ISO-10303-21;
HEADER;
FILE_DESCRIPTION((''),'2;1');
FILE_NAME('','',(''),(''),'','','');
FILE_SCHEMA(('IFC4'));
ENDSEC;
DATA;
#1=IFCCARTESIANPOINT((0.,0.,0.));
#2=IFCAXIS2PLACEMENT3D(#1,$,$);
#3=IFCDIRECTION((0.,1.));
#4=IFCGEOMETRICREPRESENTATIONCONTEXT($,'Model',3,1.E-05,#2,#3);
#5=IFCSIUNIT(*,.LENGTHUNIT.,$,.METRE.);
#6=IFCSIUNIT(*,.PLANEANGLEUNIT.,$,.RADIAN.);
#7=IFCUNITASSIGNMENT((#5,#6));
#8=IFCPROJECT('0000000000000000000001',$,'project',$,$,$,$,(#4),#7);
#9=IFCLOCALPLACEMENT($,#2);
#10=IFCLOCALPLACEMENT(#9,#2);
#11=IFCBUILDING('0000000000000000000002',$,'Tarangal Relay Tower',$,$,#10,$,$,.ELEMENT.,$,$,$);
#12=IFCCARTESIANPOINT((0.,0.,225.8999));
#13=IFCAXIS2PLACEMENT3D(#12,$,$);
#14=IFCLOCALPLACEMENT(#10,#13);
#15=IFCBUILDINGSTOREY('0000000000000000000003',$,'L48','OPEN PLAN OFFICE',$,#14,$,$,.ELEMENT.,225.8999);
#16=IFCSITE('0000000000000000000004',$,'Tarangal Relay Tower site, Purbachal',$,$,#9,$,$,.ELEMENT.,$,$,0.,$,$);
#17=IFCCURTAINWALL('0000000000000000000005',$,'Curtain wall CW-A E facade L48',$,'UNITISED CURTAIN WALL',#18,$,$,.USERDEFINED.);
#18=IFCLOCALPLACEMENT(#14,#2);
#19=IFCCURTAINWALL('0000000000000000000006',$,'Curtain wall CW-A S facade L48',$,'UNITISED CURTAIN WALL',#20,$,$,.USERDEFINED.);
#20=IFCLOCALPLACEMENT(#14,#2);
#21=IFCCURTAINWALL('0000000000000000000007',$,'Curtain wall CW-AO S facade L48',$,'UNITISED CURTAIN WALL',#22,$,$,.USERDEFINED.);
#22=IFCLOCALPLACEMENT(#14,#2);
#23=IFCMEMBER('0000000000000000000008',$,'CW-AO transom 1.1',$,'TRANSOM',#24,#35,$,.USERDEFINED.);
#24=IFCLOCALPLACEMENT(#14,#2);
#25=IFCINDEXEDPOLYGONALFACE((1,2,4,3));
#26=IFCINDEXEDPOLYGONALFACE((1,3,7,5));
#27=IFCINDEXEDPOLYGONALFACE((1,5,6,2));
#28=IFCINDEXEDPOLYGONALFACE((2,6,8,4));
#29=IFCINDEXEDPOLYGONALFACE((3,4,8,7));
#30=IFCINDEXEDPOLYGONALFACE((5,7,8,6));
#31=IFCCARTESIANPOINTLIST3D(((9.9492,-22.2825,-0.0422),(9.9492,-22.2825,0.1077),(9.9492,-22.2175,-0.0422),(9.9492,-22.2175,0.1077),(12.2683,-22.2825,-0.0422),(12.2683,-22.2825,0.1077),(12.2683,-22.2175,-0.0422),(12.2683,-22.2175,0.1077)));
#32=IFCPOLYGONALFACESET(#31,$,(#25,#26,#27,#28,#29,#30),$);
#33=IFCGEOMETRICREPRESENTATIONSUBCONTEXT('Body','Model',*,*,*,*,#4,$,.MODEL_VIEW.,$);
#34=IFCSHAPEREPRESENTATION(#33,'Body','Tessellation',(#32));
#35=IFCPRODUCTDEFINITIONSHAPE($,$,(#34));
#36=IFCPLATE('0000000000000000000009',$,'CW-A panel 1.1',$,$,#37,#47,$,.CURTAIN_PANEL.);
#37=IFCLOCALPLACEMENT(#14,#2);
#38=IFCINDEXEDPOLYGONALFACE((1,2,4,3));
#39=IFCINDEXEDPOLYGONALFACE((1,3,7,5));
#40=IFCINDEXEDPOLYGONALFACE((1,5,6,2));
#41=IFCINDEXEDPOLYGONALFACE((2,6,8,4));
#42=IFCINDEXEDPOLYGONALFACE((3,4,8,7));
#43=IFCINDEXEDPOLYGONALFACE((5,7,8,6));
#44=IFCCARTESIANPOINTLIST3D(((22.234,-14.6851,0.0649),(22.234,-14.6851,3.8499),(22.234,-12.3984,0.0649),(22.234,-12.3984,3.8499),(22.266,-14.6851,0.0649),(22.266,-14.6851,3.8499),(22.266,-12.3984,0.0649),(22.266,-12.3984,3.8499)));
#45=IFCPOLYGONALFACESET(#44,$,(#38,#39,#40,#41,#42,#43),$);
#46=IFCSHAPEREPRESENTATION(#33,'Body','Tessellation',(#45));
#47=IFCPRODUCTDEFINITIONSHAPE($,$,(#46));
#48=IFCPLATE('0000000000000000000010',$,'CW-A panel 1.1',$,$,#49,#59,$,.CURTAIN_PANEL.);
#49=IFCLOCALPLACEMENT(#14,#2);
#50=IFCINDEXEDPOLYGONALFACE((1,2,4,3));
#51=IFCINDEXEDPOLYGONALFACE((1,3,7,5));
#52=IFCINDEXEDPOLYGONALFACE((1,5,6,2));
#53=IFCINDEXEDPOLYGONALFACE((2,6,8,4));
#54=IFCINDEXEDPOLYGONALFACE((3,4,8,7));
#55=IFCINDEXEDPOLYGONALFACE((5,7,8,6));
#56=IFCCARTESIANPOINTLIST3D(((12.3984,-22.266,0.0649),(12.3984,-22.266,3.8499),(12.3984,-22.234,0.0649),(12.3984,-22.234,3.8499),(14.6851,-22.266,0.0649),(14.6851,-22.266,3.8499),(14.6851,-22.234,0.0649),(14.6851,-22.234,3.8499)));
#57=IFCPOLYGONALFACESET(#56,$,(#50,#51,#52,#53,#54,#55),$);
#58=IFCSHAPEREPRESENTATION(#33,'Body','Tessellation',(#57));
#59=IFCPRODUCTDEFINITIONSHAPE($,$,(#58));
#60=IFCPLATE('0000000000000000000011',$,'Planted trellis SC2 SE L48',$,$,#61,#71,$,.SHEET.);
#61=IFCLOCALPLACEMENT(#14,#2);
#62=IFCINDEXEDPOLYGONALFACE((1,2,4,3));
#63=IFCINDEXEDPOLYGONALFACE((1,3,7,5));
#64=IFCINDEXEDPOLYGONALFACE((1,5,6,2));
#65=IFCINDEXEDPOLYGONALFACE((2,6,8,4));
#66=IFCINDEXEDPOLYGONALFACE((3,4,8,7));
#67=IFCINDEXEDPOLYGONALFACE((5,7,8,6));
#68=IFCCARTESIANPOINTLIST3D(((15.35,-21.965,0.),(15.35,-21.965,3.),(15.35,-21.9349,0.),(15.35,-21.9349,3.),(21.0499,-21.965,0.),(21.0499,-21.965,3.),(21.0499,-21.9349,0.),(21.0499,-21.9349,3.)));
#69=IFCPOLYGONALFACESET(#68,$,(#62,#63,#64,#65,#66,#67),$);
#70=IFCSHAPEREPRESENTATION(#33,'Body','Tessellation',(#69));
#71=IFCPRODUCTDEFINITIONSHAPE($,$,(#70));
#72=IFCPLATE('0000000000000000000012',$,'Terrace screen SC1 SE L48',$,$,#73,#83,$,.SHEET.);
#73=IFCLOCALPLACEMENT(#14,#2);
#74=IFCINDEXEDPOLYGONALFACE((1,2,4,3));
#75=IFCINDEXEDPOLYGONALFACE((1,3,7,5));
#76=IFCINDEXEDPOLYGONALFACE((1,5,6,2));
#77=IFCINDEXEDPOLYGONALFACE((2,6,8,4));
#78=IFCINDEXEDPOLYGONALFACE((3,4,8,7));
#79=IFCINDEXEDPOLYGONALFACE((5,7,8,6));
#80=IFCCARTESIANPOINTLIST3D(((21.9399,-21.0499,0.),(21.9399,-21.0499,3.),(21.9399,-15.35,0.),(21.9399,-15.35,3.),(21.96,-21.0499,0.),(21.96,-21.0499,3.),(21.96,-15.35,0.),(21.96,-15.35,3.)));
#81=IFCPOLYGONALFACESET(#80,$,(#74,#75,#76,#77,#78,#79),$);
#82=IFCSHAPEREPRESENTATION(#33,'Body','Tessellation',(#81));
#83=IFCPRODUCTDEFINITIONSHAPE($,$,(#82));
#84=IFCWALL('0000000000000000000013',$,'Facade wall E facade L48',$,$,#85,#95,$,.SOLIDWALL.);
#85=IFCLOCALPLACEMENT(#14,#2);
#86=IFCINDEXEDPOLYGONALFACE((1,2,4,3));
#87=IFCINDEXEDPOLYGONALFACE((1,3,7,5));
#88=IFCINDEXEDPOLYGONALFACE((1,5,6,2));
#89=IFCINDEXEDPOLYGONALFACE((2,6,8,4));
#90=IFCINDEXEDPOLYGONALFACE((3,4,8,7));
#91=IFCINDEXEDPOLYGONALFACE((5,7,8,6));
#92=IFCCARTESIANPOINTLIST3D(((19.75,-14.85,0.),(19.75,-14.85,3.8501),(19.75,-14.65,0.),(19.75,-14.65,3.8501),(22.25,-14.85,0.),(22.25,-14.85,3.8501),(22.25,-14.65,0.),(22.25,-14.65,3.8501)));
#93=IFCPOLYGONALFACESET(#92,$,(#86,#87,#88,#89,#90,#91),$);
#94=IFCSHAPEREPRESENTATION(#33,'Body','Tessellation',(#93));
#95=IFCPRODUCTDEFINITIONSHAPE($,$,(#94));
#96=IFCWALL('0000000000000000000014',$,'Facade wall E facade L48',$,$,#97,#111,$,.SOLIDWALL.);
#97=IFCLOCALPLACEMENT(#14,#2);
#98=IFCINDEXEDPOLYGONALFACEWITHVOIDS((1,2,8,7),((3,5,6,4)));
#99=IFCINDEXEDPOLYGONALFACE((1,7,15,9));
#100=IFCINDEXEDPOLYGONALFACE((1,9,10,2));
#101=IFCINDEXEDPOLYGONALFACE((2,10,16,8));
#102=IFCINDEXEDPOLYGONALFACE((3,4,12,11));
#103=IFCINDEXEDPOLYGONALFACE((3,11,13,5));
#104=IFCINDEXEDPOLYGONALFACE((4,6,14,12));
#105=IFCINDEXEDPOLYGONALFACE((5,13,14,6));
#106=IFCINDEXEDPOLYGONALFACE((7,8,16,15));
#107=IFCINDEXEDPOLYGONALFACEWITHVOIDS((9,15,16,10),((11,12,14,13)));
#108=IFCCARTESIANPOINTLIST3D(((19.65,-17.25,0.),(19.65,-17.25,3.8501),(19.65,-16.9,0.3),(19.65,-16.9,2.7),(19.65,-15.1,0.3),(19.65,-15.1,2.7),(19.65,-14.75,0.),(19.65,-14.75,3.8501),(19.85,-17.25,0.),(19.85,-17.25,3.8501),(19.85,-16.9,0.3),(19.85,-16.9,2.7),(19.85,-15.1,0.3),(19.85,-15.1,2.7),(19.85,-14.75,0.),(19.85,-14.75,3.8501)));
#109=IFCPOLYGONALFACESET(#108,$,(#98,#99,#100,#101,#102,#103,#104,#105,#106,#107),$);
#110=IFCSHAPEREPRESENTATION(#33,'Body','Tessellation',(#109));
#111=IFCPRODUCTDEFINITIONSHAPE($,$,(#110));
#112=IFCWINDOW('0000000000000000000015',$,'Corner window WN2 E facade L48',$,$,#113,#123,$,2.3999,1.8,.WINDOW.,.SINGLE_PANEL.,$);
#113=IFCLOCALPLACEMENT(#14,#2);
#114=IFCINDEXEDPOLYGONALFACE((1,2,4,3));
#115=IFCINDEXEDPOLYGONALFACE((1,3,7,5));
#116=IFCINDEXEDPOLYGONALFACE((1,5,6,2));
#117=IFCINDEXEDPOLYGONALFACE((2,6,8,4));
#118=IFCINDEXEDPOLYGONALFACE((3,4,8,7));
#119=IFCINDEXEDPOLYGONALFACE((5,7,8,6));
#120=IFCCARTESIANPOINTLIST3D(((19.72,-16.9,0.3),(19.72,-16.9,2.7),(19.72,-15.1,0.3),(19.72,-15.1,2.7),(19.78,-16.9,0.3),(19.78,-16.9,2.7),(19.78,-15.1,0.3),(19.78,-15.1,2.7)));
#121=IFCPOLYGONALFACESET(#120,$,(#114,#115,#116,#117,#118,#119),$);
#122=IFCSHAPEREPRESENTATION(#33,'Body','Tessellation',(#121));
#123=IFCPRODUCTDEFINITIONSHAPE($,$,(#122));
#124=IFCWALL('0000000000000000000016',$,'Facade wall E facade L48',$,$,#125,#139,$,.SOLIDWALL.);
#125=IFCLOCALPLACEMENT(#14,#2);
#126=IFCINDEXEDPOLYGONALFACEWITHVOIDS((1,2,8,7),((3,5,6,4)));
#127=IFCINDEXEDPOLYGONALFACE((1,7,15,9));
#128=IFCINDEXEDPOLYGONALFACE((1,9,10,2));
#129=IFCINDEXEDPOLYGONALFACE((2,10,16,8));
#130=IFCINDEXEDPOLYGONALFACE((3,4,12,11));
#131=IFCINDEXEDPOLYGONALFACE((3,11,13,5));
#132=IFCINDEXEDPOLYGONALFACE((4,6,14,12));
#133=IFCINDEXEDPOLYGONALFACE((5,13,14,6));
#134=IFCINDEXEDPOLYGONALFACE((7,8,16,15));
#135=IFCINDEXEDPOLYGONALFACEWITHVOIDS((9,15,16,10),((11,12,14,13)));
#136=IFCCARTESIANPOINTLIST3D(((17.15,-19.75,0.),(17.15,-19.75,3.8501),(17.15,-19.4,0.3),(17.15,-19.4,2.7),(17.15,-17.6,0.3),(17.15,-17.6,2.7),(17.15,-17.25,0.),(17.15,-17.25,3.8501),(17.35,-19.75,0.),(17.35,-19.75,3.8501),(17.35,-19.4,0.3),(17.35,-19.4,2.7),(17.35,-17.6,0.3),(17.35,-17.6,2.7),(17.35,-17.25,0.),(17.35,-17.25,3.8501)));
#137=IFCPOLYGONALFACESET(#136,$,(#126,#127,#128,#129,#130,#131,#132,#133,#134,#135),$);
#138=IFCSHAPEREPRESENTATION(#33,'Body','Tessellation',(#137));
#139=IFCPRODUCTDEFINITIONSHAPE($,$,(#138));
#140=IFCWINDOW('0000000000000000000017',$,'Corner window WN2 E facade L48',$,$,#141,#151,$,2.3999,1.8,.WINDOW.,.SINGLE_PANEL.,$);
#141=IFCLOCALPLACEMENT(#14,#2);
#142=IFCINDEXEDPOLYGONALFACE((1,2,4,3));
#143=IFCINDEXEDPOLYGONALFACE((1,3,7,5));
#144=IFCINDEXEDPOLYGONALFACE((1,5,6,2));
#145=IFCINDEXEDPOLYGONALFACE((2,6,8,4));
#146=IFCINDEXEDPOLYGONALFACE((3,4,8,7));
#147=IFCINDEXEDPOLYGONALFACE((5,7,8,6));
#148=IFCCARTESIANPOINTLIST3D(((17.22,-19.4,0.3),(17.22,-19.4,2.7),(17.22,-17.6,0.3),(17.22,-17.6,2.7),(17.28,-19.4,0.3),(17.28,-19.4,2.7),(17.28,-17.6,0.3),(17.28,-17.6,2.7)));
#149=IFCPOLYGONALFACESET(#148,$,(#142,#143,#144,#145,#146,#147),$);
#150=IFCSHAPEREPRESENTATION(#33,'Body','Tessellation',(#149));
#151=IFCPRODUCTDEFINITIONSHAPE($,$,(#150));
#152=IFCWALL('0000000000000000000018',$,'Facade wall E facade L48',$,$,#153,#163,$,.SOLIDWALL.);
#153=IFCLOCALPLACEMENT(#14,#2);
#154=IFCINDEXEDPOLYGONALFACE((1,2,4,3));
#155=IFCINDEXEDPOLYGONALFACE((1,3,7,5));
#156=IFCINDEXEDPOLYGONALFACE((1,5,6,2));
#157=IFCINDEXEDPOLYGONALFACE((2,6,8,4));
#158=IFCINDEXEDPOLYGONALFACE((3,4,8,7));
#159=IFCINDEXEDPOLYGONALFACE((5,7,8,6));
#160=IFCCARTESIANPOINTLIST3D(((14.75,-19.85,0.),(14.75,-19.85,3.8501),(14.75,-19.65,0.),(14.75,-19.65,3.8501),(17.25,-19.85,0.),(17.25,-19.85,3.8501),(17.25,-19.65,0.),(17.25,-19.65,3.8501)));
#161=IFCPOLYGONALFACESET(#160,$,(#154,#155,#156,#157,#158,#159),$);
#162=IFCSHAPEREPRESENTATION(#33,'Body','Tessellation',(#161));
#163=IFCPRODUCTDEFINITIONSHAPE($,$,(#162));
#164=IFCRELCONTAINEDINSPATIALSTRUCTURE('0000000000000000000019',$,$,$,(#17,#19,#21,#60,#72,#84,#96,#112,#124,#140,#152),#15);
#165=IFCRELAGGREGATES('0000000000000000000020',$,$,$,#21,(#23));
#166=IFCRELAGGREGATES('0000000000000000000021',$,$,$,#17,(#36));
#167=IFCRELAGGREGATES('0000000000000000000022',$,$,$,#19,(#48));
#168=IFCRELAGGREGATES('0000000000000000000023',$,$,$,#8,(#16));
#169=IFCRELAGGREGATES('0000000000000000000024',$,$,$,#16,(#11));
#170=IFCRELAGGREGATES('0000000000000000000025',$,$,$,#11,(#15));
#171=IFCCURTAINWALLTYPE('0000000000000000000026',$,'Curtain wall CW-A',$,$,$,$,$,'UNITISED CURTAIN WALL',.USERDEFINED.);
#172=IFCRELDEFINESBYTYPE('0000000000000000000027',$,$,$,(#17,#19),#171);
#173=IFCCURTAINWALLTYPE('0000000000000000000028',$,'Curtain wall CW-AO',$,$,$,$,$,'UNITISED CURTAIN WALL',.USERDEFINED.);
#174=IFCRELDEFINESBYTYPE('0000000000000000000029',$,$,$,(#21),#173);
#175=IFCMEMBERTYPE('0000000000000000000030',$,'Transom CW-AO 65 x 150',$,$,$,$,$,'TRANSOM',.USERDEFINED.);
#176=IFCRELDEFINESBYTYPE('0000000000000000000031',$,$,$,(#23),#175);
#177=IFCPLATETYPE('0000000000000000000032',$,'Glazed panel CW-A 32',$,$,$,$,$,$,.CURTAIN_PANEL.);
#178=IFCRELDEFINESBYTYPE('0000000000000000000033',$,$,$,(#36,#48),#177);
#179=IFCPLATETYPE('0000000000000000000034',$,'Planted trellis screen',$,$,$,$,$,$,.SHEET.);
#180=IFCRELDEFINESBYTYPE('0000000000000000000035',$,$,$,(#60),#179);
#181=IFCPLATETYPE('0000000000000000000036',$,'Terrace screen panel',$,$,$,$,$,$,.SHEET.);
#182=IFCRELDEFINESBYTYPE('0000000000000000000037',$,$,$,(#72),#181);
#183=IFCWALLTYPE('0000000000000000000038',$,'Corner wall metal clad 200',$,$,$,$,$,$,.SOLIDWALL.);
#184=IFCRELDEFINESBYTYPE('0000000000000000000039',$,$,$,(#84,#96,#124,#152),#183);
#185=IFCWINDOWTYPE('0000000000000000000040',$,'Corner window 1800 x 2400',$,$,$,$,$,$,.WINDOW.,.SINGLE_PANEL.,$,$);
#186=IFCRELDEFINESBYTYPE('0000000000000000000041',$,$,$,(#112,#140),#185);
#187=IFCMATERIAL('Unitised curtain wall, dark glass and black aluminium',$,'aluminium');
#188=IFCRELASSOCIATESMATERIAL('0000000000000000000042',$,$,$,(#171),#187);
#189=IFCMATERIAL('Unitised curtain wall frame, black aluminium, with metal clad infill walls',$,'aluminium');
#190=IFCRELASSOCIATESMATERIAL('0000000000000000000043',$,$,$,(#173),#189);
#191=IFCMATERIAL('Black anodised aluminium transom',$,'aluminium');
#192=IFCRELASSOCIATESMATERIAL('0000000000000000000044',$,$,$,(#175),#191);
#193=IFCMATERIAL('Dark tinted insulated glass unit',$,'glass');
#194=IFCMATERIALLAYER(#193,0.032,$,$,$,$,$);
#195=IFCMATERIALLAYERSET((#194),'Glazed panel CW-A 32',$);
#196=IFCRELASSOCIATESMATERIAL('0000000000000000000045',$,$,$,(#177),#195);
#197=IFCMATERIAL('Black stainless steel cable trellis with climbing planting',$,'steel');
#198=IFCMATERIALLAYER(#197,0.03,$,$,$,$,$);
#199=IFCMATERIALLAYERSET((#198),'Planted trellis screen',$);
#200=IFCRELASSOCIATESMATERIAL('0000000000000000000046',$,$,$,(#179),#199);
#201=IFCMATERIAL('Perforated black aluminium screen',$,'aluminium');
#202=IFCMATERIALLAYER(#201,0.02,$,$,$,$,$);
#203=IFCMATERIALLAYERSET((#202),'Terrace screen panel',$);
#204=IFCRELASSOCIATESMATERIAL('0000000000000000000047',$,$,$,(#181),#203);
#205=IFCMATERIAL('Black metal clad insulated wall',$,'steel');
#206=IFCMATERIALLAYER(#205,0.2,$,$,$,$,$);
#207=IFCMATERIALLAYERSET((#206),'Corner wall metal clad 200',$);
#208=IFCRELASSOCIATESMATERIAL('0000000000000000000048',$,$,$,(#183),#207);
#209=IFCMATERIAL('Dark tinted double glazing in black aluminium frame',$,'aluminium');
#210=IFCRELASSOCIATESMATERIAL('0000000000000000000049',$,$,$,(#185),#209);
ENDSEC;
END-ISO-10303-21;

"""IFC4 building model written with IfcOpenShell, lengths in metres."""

from ifc_helpers import new_model, si_unit, direction, frame, frame_2d, origin, origin_2d, place, context, subcontext, project, spatial, rectangle, extrude, material, layer, layer_set, material_profile, profile_set, type_object, element, fill, aggregate, save


model = new_model("IFC4")

# Units and contexts
model_context = context("Model", 3, precision=1e-05, world=origin(), true_north=direction((0.0, 1.0)))
body_context = subcontext(model_context, "Body", "Model", "MODEL_VIEW")
ifc_project = project(units=[si_unit("LENGTHUNIT", "METRE"), si_unit("PLANEANGLEUNIT", "RADIAN")], contexts=[model_context])

# Site, building, storey
site_placement = place(None, origin())
site = spatial("IfcSite", under=ifc_project, at=site_placement, Name="Tarangal Relay Tower site, Purbachal", CompositionType="ELEMENT", RefElevation=0.0)
building_placement = place(site_placement, origin())
building = spatial("IfcBuilding", under=site, at=building_placement, Name="Tarangal Relay Tower", CompositionType="ELEMENT")
storey_placement = place(building_placement, frame((0.0, 0.0, 225.8999)))
storey = spatial("IfcBuildingStorey", under=building, at=storey_placement, Name="L48", Description="OPEN PLAN OFFICE", CompositionType="ELEMENT", Elevation=225.8999)

# Curtain walls
ifc_material_1 = material(Name="Unitised curtain wall, dark glass and black aluminium", Category="aluminium")
curtain_wall_type_1 = type_object("IfcCurtainWallType", Name="Curtain wall CW-A", ElementType="UNITISED CURTAIN WALL", PredefinedType="USERDEFINED", material=ifc_material_1)
curtain_wall_1_placement = place(storey_placement, origin())
curtain_wall_1 = element("IfcCurtainWall", 1, at=curtain_wall_1_placement, inside=storey, type_object=curtain_wall_type_1, Name="Curtain wall CW-A E facade L48", ObjectType="UNITISED CURTAIN WALL", PredefinedType="USERDEFINED")
curtain_wall_2_placement = place(storey_placement, origin())
curtain_wall_2 = element("IfcCurtainWall", 2, at=curtain_wall_2_placement, inside=storey, type_object=curtain_wall_type_1, Name="Curtain wall CW-A S facade L48", ObjectType="UNITISED CURTAIN WALL", PredefinedType="USERDEFINED")

# Curtain wall
ifc_material_2 = material(Name="Unitised curtain wall frame, black aluminium, with metal clad infill walls", Category="aluminium")
curtain_wall_type_2 = type_object("IfcCurtainWallType", Name="Curtain wall CW-AO", ElementType="UNITISED CURTAIN WALL", PredefinedType="USERDEFINED", material=ifc_material_2)
curtain_wall_3_placement = place(storey_placement, origin())
curtain_wall_3 = element("IfcCurtainWall", 3, at=curtain_wall_3_placement, inside=storey, type_object=curtain_wall_type_2, Name="Curtain wall CW-AO S facade L48", ObjectType="UNITISED CURTAIN WALL", PredefinedType="USERDEFINED")

# Member
ifc_material_3 = material(Name="Black anodised aluminium transom", Category="aluminium")
ifc_material_profile_1 = material_profile(ifc_material_3, rectangle(XDim=0.0649, YDim=0.1499, at=origin_2d()), Name="CW-AOT 65X150")
ifc_profile_set_1 = profile_set([ifc_material_profile_1], Name="Black anodised aluminium transom")
member_type_1 = type_object("IfcMemberType", Name="Transom CW-AO 65 x 150", ElementType="TRANSOM", PredefinedType="USERDEFINED", material=ifc_profile_set_1)
member_1_placement = place(storey_placement, frame((12.2683, -22.25, 0.0327), z_axis=(-1.0, 0.0, 0.0), x_axis=(0.0, -1.0, 0.0)))
member_1 = element("IfcMember", 4, at=member_1_placement, type_object=member_type_1, Name="CW-AO transom 1.1", ObjectType="TRANSOM", PredefinedType="USERDEFINED", context=body_context, shape_type="SweptSolid", body=[
    extrude(rectangle(XDim=0.0649, YDim=0.1499, at=origin_2d()), origin(), (0.0, 0.0, 1.0), 2.3191),
])
aggregate(curtain_wall_3, [member_1])

# Plates
ifc_material_4 = material(Name="Dark tinted insulated glass unit", Category="glass")
ifc_layer_1 = layer(ifc_material_4, 0.032)
ifc_layer_set_1 = layer_set([ifc_layer_1], Name="Glazed panel CW-A 32")
plate_type_1 = type_object("IfcPlateType", Name="Glazed panel CW-A 32", PredefinedType="CURTAIN_PANEL", material=ifc_layer_set_1)
plate_1_placement = place(storey_placement, frame((22.25, -13.5417, 0.0649), z_axis=(0.0, 0.0, 1.0), x_axis=(0.0, -1.0, 0.0)))
plate_1 = element("IfcPlate", 5, at=plate_1_placement, type_object=plate_type_1, Name="CW-A panel 1.1", PredefinedType="CURTAIN_PANEL", context=body_context, shape_type="SweptSolid", body=[
    extrude(rectangle(XDim=2.2866, YDim=0.032, at=origin_2d()), origin(), (0.0, 0.0, 1.0), 3.7849),
])
aggregate(curtain_wall_1, [plate_1])
plate_2_placement = place(storey_placement, frame((13.5417, -22.25, 0.0649), z_axis=(0.0, 0.0, 1.0), x_axis=(-1.0, 0.0, 0.0)))
plate_2 = element("IfcPlate", 6, at=plate_2_placement, type_object=plate_type_1, Name="CW-A panel 1.1", PredefinedType="CURTAIN_PANEL", context=body_context, shape_type="SweptSolid", body=[
    extrude(rectangle(XDim=2.2866, YDim=0.032, at=origin_2d()), origin(), (0.0, 0.0, 1.0), 3.7849),
])
aggregate(curtain_wall_2, [plate_2])

# Plates
ifc_material_5 = material(Name="Black stainless steel cable trellis with climbing planting", Category="steel")
ifc_layer_2 = layer(ifc_material_5, 0.03)
ifc_layer_set_2 = layer_set([ifc_layer_2], Name="Planted trellis screen")
plate_type_2 = type_object("IfcPlateType", Name="Planted trellis screen", PredefinedType="SHEET", material=ifc_layer_set_2)
plate_3_placement = place(storey_placement, frame((18.2, -21.95, 0.0), z_axis=(0.0, 0.0, 1.0), x_axis=(-1.0, 0.0, 0.0)))
element("IfcPlate", 7, at=plate_3_placement, inside=storey, type_object=plate_type_2, Name="Planted trellis SC2 SE L48", PredefinedType="SHEET", context=body_context, shape_type="SweptSolid", body=[
    extrude(rectangle(XDim=5.7, YDim=0.03, at=origin_2d()), origin(), (0.0, 0.0, 1.0), 3.0),
])
ifc_material_6 = material(Name="Perforated black aluminium screen", Category="aluminium")
ifc_layer_3 = layer(ifc_material_6, 0.02)
ifc_layer_set_3 = layer_set([ifc_layer_3], Name="Terrace screen panel")
plate_type_3 = type_object("IfcPlateType", Name="Terrace screen panel", PredefinedType="SHEET", material=ifc_layer_set_3)
plate_4_placement = place(storey_placement, frame((21.95, -18.2, 0.0), z_axis=(0.0, 0.0, 1.0), x_axis=(0.0, -1.0, 0.0)))
element("IfcPlate", 8, at=plate_4_placement, inside=storey, type_object=plate_type_3, Name="Terrace screen SC1 SE L48", PredefinedType="SHEET", context=body_context, shape_type="SweptSolid", body=[
    extrude(rectangle(XDim=5.7, YDim=0.02, at=origin_2d()), origin(), (0.0, 0.0, 1.0), 3.0),
])

# Wall
ifc_material_7 = material(Name="Black metal clad insulated wall", Category="steel")
ifc_layer_4 = layer(ifc_material_7, 0.2)
ifc_layer_set_4 = layer_set([ifc_layer_4], Name="Corner wall metal clad 200")
wall_type_1 = type_object("IfcWallType", Name="Corner wall metal clad 200", PredefinedType="SOLIDWALL", material=ifc_layer_set_4)
wall_1_placement = place(storey_placement, frame((22.25, -14.75, 0.0), z_axis=(0.0, 0.0, 1.0), x_axis=(-1.0, 0.0, 0.0)))
element("IfcWall", 9, at=wall_1_placement, inside=storey, type_object=wall_type_1, Name="Facade wall E facade L48", PredefinedType="SOLIDWALL", context=body_context, shape_type="SweptSolid", body=[
    extrude(rectangle(XDim=2.5, YDim=0.2, at=frame_2d((1.25, 0.0))), origin(), (0.0, 0.0, 1.0), 3.8501),
])

# Wall, opening, window
wall_2_placement = place(storey_placement, frame((19.75, -14.75, 0.0), z_axis=(0.0, 0.0, 1.0), x_axis=(0.0, -1.0, 0.0)))
wall_2 = element("IfcWall", 10, at=wall_2_placement, inside=storey, type_object=wall_type_1, Name="Facade wall E facade L48", PredefinedType="SOLIDWALL", context=body_context, shape_type="SweptSolid", body=[
    extrude(rectangle(XDim=2.5, YDim=0.2, at=frame_2d((1.25, 0.0))), origin(), (0.0, 0.0, 1.0), 3.8501),
])
opening_1_placement = place(wall_2_placement, frame((0.3501, 0.0, 0.3)))
opening_1 = element("IfcOpeningElement", 11, at=opening_1_placement, cuts=wall_2, PredefinedType="OPENING", context=body_context, shape_type="SweptSolid", body=[
    extrude(rectangle(XDim=1.8, YDim=2.3999, at=frame_2d((0.8999, 1.2))), frame((0.0, 0.1099, 0.0), z_axis=(0.0, -1.0, 0.0), x_axis=(1.0, 0.0, 0.0)), (0.0, 0.0, 1.0), 0.22),
])
ifc_material_8 = material(Name="Dark tinted double glazing in black aluminium frame", Category="aluminium")
window_type = type_object("IfcWindowType", Name="Corner window 1800 x 2400", PartitioningType="SINGLE_PANEL", PredefinedType="WINDOW", material=ifc_material_8)
window_1_placement = place(opening_1_placement, origin())
window_1 = element("IfcWindow", 12, at=window_1_placement, inside=storey, type_object=window_type, Name="Corner window WN2 E facade L48", OverallHeight=2.3999, OverallWidth=1.8, PartitioningType="SINGLE_PANEL", PredefinedType="WINDOW", context=body_context, shape_type="SweptSolid", body=[
    extrude(rectangle(XDim=1.8, YDim=2.3999, at=frame_2d((0.8999, 1.2))), frame((0.0, 0.03, 0.0), z_axis=(0.0, -1.0, 0.0), x_axis=(1.0, 0.0, 0.0)), (0.0, 0.0, 1.0), 0.0601),
])
fill(opening_1, window_1)

# Wall, opening, window
wall_3_placement = place(storey_placement, frame((17.25, -17.25, 0.0), z_axis=(0.0, 0.0, 1.0), x_axis=(0.0, -1.0, 0.0)))
wall_3 = element("IfcWall", 13, at=wall_3_placement, inside=storey, type_object=wall_type_1, Name="Facade wall E facade L48", PredefinedType="SOLIDWALL", context=body_context, shape_type="SweptSolid", body=[
    extrude(rectangle(XDim=2.5, YDim=0.2, at=frame_2d((1.25, 0.0))), origin(), (0.0, 0.0, 1.0), 3.8501),
])
opening_2_placement = place(wall_3_placement, frame((0.3501, 0.0, 0.3)))
opening_2 = element("IfcOpeningElement", 14, at=opening_2_placement, cuts=wall_3, PredefinedType="OPENING", context=body_context, shape_type="SweptSolid", body=[
    extrude(rectangle(XDim=1.8, YDim=2.3999, at=frame_2d((0.8999, 1.2))), frame((0.0, 0.1099, 0.0), z_axis=(0.0, -1.0, 0.0), x_axis=(1.0, 0.0, 0.0)), (0.0, 0.0, 1.0), 0.22),
])
window_2_placement = place(opening_2_placement, origin())
window_2 = element("IfcWindow", 15, at=window_2_placement, inside=storey, type_object=window_type, Name="Corner window WN2 E facade L48", OverallHeight=2.3999, OverallWidth=1.8, PartitioningType="SINGLE_PANEL", PredefinedType="WINDOW", context=body_context, shape_type="SweptSolid", body=[
    extrude(rectangle(XDim=1.8, YDim=2.3999, at=frame_2d((0.8999, 1.2))), frame((0.0, 0.03, 0.0), z_axis=(0.0, -1.0, 0.0), x_axis=(1.0, 0.0, 0.0)), (0.0, 0.0, 1.0), 0.0601),
])
fill(opening_2, window_2)

# Wall
wall_4_placement = place(storey_placement, frame((17.25, -19.75, 0.0), z_axis=(0.0, 0.0, 1.0), x_axis=(-1.0, 0.0, 0.0)))
element("IfcWall", 16, at=wall_4_placement, inside=storey, type_object=wall_type_1, Name="Facade wall E facade L48", PredefinedType="SOLIDWALL", context=body_context, shape_type="SweptSolid", body=[
    extrude(rectangle(XDim=2.5, YDim=0.2, at=frame_2d((1.25, 0.0))), origin(), (0.0, 0.0, 1.0), 3.8501),
])

save(model, "model.ifc")
